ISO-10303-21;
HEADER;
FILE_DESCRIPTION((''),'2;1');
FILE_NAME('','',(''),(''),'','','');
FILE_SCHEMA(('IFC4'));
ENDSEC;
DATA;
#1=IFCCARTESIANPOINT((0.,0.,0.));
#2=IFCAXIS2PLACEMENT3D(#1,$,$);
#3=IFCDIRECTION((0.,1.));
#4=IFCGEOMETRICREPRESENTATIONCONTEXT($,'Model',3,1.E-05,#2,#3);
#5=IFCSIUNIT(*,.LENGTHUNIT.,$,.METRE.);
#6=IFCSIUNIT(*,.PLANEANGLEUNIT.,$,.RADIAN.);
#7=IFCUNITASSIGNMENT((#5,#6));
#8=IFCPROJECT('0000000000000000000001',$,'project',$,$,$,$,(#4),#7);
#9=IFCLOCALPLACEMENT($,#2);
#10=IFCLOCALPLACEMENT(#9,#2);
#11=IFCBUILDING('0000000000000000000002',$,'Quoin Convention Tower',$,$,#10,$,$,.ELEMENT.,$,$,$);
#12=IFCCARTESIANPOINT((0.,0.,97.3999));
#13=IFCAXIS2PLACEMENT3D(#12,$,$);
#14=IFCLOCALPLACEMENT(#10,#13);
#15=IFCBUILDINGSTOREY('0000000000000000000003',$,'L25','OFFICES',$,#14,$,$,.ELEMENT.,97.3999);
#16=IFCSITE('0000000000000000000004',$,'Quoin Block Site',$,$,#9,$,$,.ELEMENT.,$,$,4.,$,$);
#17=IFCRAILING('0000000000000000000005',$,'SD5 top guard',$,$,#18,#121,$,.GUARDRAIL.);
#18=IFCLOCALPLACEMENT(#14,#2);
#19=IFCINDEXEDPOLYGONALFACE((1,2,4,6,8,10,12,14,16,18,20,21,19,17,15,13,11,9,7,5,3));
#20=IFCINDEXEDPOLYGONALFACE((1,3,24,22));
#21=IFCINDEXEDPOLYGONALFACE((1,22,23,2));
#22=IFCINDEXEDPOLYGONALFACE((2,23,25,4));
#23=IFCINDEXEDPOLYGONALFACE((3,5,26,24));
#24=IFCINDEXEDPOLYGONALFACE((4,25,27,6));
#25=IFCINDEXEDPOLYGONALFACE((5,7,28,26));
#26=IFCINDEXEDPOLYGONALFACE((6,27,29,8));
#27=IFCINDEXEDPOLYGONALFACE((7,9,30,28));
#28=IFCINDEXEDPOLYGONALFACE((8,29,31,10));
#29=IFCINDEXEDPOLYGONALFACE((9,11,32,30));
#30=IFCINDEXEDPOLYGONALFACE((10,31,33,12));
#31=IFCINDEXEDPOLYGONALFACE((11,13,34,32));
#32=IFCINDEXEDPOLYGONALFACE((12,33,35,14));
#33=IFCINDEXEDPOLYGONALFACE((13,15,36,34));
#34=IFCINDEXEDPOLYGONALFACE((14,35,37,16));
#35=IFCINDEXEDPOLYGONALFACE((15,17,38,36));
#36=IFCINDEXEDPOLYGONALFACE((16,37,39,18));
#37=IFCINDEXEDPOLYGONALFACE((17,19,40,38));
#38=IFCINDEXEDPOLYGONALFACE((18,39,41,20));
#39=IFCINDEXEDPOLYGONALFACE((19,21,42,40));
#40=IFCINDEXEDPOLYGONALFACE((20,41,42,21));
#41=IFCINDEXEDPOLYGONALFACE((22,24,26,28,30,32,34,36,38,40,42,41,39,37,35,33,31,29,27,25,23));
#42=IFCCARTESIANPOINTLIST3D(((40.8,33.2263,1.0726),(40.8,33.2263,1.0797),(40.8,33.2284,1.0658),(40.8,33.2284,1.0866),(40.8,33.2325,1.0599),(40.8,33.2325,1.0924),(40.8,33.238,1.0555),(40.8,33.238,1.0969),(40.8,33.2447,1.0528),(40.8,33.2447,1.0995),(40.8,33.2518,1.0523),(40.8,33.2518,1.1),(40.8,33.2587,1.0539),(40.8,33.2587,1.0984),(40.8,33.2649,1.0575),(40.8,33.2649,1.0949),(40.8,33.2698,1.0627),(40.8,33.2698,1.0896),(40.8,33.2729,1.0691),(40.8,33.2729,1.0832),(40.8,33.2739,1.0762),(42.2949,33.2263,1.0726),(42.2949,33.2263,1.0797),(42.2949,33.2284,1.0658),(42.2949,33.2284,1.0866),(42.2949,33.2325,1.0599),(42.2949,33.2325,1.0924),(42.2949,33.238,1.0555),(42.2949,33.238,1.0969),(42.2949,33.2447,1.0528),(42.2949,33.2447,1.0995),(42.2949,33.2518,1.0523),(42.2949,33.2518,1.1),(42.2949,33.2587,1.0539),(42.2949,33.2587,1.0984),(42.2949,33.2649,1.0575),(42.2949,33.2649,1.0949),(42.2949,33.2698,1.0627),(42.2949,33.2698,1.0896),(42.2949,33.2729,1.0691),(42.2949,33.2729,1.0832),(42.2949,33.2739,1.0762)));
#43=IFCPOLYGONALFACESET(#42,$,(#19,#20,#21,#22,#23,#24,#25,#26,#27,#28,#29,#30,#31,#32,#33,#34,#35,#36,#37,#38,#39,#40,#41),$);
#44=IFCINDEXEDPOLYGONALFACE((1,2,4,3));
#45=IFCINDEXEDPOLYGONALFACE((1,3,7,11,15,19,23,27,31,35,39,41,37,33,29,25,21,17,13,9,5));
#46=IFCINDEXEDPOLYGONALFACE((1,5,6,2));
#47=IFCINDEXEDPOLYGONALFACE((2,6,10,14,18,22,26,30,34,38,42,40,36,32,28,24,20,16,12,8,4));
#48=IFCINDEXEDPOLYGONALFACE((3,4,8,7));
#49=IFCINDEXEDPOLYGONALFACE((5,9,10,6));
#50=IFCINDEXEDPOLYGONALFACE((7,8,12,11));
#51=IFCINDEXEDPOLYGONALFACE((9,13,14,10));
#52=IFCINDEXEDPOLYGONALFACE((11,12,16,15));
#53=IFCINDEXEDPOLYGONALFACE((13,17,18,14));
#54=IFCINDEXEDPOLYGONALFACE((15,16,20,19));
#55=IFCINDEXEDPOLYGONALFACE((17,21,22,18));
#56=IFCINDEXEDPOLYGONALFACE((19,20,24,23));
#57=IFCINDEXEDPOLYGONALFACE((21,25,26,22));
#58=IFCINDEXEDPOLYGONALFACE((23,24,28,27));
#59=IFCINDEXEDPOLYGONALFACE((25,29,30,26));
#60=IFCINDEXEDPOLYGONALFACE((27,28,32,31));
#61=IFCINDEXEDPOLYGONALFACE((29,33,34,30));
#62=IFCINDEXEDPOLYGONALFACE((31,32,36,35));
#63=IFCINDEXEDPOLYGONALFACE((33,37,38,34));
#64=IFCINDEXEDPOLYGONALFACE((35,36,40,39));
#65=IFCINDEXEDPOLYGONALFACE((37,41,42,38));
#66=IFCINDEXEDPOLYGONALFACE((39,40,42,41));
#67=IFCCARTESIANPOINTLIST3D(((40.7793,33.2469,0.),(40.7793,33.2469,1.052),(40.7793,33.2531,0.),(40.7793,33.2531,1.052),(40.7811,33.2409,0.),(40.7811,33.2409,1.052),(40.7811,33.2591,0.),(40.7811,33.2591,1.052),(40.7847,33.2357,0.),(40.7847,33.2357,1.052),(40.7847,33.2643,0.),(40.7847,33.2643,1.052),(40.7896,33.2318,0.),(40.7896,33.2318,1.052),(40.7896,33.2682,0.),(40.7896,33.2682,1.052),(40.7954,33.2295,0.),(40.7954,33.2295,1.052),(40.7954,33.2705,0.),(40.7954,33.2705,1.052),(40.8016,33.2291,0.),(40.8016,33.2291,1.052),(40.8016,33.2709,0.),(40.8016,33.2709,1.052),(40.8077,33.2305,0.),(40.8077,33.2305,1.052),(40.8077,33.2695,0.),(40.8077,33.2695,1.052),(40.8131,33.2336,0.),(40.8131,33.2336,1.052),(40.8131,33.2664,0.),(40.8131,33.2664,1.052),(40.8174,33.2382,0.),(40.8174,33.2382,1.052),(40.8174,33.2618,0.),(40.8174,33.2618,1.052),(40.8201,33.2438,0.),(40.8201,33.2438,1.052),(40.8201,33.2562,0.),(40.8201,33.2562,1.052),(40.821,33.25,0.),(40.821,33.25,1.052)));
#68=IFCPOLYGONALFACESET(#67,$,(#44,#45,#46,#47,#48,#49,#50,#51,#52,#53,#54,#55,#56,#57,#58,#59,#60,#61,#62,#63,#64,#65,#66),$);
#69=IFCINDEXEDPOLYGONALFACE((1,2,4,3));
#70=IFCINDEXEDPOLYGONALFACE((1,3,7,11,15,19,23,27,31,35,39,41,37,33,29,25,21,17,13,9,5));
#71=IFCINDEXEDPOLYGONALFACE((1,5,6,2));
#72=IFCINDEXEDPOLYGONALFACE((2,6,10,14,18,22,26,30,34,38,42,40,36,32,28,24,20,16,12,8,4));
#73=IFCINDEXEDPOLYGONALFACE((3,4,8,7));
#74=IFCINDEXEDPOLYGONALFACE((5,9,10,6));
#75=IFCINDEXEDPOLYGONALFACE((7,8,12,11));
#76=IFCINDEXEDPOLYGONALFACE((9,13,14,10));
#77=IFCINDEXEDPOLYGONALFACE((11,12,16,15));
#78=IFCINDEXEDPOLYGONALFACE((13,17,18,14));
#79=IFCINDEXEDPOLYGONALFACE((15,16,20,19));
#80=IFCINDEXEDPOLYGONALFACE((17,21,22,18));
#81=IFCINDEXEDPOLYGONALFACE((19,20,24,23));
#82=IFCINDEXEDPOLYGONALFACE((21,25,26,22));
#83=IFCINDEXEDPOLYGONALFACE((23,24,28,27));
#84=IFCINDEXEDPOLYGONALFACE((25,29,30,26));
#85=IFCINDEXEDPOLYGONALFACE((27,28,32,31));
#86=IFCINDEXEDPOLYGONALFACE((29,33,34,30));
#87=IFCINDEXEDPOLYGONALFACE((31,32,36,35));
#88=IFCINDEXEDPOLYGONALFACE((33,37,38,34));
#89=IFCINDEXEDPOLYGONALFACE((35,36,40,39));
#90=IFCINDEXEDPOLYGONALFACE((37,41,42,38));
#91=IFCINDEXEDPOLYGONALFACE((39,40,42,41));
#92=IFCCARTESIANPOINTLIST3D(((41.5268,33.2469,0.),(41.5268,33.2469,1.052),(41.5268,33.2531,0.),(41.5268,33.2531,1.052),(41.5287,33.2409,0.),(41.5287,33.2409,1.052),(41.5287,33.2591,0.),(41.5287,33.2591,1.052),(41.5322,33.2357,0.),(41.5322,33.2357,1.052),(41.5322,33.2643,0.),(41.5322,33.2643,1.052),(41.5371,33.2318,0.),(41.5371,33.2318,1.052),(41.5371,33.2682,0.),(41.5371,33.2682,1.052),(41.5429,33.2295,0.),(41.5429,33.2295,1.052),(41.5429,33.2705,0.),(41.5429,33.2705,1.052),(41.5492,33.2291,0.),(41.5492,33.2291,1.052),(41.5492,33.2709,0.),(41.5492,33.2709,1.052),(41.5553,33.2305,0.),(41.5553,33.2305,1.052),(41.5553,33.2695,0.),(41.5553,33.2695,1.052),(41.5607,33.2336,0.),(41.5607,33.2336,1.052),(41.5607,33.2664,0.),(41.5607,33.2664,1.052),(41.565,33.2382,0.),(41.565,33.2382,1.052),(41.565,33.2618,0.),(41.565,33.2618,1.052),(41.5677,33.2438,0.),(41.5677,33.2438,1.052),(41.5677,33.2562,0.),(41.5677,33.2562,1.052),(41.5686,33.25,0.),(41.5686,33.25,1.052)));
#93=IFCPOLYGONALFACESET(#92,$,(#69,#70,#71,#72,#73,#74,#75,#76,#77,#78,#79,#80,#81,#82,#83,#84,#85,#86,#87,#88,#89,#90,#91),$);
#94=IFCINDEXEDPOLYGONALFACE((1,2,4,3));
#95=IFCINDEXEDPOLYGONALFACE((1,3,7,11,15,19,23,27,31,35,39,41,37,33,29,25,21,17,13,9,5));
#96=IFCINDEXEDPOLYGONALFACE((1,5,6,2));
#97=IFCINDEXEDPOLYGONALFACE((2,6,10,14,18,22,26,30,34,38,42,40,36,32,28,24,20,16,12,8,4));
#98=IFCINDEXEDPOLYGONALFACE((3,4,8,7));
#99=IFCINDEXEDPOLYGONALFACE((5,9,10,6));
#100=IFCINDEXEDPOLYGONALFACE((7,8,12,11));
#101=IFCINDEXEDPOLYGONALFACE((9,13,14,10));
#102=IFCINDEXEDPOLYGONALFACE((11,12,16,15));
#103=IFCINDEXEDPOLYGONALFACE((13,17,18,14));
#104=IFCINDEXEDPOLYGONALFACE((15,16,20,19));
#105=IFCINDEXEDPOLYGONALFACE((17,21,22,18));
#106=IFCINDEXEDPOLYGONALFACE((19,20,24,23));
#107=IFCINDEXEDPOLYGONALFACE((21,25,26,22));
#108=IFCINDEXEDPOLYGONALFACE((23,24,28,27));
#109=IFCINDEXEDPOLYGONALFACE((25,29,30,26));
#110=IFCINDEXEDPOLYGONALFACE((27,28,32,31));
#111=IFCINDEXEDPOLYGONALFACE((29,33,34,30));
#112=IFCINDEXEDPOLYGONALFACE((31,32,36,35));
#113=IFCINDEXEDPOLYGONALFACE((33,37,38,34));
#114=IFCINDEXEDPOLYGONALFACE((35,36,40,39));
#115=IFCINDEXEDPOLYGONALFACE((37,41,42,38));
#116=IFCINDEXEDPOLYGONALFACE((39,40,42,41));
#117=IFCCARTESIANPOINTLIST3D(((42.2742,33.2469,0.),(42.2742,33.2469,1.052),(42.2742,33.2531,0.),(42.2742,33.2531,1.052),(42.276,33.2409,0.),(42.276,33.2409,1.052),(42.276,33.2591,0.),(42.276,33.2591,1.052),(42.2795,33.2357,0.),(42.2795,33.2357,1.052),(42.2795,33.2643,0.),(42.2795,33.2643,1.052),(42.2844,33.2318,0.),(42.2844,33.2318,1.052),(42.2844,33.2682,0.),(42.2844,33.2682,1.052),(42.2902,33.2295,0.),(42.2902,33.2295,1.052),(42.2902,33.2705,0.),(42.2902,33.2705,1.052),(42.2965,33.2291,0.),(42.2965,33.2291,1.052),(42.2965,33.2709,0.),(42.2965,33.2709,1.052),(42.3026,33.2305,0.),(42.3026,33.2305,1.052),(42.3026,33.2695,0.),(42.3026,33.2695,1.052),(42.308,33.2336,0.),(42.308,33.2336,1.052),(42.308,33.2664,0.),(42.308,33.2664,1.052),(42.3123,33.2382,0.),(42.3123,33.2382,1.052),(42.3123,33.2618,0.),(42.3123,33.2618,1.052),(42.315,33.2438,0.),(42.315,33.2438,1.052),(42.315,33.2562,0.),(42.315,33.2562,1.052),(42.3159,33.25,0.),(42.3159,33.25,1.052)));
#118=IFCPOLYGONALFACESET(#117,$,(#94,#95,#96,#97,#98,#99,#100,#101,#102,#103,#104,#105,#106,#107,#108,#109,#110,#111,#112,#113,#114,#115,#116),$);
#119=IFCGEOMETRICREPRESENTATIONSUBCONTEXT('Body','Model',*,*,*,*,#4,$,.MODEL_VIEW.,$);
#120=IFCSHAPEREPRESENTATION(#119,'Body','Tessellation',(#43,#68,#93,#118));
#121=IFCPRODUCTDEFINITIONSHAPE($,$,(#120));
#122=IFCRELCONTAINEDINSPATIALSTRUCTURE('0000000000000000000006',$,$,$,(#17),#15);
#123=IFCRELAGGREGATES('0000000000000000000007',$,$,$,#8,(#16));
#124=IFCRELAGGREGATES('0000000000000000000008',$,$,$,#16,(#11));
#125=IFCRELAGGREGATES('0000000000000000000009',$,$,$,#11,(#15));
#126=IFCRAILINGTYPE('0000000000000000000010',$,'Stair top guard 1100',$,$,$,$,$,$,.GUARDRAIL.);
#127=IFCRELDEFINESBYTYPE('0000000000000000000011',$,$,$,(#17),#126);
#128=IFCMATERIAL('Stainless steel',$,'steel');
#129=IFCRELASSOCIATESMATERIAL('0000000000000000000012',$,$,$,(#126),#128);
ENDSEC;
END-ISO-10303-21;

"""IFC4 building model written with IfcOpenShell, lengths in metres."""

from ifc_helpers import new_model, si_unit, direction, frame, origin, origin_2d, place, context, subcontext, project, spatial, circle, extrude, material, type_object, element, save


model = new_model("IFC4")

# Units and contexts
model_context = context("Model", 3, precision=1e-05, world=origin(), true_north=direction((0.0, 1.0)))
body_context = subcontext(model_context, "Body", "Model", "MODEL_VIEW")
ifc_project = project(units=[si_unit("LENGTHUNIT", "METRE"), si_unit("PLANEANGLEUNIT", "RADIAN")], contexts=[model_context])

# Site, building, storey
site_placement = place(None, origin())
site = spatial("IfcSite", under=ifc_project, at=site_placement, Name="Quoin Block Site", CompositionType="ELEMENT", RefElevation=4.0)
building_placement = place(site_placement, origin())
building = spatial("IfcBuilding", under=site, at=building_placement, Name="Quoin Convention Tower", CompositionType="ELEMENT")
storey_placement = place(building_placement, frame((0.0, 0.0, 97.3999)))
storey = spatial("IfcBuildingStorey", under=building, at=storey_placement, Name="L25", Description="OFFICES", CompositionType="ELEMENT", Elevation=97.3999)

# Railing
ifc_material_1 = material(Name="Stainless steel", Category="steel")
railing_type_1 = type_object("IfcRailingType", Name="Stair top guard 1100", PredefinedType="GUARDRAIL", material=ifc_material_1)
railing_1_placement = place(storey_placement, frame((40.8, 33.25, 0.0)))
element("IfcRailing", 1, at=railing_1_placement, inside=storey, type_object=railing_type_1, Name="SD5 top guard", PredefinedType="GUARDRAIL", context=body_context, shape_type="SweptSolid", body=[
    extrude(circle(Radius=0.0239, at=origin_2d()), frame((0.0, 0.0, 1.0762), z_axis=(1.0, 0.0, 0.0), x_axis=(0.0, 1.0, 0.0)), (0.0, 0.0, 1.0), 1.4949),
    extrude(circle(Radius=0.021, at=origin_2d()), origin(), (0.0, 0.0, 1.0), 1.052),
    extrude(circle(Radius=0.021, at=origin_2d()), frame((0.7476, 0.0, 0.0)), (0.0, 0.0, 1.0), 1.052),
    extrude(circle(Radius=0.021, at=origin_2d()), frame((1.4949, 0.0, 0.0)), (0.0, 0.0, 1.0), 1.052),
])

save(model, "model.ifc")
